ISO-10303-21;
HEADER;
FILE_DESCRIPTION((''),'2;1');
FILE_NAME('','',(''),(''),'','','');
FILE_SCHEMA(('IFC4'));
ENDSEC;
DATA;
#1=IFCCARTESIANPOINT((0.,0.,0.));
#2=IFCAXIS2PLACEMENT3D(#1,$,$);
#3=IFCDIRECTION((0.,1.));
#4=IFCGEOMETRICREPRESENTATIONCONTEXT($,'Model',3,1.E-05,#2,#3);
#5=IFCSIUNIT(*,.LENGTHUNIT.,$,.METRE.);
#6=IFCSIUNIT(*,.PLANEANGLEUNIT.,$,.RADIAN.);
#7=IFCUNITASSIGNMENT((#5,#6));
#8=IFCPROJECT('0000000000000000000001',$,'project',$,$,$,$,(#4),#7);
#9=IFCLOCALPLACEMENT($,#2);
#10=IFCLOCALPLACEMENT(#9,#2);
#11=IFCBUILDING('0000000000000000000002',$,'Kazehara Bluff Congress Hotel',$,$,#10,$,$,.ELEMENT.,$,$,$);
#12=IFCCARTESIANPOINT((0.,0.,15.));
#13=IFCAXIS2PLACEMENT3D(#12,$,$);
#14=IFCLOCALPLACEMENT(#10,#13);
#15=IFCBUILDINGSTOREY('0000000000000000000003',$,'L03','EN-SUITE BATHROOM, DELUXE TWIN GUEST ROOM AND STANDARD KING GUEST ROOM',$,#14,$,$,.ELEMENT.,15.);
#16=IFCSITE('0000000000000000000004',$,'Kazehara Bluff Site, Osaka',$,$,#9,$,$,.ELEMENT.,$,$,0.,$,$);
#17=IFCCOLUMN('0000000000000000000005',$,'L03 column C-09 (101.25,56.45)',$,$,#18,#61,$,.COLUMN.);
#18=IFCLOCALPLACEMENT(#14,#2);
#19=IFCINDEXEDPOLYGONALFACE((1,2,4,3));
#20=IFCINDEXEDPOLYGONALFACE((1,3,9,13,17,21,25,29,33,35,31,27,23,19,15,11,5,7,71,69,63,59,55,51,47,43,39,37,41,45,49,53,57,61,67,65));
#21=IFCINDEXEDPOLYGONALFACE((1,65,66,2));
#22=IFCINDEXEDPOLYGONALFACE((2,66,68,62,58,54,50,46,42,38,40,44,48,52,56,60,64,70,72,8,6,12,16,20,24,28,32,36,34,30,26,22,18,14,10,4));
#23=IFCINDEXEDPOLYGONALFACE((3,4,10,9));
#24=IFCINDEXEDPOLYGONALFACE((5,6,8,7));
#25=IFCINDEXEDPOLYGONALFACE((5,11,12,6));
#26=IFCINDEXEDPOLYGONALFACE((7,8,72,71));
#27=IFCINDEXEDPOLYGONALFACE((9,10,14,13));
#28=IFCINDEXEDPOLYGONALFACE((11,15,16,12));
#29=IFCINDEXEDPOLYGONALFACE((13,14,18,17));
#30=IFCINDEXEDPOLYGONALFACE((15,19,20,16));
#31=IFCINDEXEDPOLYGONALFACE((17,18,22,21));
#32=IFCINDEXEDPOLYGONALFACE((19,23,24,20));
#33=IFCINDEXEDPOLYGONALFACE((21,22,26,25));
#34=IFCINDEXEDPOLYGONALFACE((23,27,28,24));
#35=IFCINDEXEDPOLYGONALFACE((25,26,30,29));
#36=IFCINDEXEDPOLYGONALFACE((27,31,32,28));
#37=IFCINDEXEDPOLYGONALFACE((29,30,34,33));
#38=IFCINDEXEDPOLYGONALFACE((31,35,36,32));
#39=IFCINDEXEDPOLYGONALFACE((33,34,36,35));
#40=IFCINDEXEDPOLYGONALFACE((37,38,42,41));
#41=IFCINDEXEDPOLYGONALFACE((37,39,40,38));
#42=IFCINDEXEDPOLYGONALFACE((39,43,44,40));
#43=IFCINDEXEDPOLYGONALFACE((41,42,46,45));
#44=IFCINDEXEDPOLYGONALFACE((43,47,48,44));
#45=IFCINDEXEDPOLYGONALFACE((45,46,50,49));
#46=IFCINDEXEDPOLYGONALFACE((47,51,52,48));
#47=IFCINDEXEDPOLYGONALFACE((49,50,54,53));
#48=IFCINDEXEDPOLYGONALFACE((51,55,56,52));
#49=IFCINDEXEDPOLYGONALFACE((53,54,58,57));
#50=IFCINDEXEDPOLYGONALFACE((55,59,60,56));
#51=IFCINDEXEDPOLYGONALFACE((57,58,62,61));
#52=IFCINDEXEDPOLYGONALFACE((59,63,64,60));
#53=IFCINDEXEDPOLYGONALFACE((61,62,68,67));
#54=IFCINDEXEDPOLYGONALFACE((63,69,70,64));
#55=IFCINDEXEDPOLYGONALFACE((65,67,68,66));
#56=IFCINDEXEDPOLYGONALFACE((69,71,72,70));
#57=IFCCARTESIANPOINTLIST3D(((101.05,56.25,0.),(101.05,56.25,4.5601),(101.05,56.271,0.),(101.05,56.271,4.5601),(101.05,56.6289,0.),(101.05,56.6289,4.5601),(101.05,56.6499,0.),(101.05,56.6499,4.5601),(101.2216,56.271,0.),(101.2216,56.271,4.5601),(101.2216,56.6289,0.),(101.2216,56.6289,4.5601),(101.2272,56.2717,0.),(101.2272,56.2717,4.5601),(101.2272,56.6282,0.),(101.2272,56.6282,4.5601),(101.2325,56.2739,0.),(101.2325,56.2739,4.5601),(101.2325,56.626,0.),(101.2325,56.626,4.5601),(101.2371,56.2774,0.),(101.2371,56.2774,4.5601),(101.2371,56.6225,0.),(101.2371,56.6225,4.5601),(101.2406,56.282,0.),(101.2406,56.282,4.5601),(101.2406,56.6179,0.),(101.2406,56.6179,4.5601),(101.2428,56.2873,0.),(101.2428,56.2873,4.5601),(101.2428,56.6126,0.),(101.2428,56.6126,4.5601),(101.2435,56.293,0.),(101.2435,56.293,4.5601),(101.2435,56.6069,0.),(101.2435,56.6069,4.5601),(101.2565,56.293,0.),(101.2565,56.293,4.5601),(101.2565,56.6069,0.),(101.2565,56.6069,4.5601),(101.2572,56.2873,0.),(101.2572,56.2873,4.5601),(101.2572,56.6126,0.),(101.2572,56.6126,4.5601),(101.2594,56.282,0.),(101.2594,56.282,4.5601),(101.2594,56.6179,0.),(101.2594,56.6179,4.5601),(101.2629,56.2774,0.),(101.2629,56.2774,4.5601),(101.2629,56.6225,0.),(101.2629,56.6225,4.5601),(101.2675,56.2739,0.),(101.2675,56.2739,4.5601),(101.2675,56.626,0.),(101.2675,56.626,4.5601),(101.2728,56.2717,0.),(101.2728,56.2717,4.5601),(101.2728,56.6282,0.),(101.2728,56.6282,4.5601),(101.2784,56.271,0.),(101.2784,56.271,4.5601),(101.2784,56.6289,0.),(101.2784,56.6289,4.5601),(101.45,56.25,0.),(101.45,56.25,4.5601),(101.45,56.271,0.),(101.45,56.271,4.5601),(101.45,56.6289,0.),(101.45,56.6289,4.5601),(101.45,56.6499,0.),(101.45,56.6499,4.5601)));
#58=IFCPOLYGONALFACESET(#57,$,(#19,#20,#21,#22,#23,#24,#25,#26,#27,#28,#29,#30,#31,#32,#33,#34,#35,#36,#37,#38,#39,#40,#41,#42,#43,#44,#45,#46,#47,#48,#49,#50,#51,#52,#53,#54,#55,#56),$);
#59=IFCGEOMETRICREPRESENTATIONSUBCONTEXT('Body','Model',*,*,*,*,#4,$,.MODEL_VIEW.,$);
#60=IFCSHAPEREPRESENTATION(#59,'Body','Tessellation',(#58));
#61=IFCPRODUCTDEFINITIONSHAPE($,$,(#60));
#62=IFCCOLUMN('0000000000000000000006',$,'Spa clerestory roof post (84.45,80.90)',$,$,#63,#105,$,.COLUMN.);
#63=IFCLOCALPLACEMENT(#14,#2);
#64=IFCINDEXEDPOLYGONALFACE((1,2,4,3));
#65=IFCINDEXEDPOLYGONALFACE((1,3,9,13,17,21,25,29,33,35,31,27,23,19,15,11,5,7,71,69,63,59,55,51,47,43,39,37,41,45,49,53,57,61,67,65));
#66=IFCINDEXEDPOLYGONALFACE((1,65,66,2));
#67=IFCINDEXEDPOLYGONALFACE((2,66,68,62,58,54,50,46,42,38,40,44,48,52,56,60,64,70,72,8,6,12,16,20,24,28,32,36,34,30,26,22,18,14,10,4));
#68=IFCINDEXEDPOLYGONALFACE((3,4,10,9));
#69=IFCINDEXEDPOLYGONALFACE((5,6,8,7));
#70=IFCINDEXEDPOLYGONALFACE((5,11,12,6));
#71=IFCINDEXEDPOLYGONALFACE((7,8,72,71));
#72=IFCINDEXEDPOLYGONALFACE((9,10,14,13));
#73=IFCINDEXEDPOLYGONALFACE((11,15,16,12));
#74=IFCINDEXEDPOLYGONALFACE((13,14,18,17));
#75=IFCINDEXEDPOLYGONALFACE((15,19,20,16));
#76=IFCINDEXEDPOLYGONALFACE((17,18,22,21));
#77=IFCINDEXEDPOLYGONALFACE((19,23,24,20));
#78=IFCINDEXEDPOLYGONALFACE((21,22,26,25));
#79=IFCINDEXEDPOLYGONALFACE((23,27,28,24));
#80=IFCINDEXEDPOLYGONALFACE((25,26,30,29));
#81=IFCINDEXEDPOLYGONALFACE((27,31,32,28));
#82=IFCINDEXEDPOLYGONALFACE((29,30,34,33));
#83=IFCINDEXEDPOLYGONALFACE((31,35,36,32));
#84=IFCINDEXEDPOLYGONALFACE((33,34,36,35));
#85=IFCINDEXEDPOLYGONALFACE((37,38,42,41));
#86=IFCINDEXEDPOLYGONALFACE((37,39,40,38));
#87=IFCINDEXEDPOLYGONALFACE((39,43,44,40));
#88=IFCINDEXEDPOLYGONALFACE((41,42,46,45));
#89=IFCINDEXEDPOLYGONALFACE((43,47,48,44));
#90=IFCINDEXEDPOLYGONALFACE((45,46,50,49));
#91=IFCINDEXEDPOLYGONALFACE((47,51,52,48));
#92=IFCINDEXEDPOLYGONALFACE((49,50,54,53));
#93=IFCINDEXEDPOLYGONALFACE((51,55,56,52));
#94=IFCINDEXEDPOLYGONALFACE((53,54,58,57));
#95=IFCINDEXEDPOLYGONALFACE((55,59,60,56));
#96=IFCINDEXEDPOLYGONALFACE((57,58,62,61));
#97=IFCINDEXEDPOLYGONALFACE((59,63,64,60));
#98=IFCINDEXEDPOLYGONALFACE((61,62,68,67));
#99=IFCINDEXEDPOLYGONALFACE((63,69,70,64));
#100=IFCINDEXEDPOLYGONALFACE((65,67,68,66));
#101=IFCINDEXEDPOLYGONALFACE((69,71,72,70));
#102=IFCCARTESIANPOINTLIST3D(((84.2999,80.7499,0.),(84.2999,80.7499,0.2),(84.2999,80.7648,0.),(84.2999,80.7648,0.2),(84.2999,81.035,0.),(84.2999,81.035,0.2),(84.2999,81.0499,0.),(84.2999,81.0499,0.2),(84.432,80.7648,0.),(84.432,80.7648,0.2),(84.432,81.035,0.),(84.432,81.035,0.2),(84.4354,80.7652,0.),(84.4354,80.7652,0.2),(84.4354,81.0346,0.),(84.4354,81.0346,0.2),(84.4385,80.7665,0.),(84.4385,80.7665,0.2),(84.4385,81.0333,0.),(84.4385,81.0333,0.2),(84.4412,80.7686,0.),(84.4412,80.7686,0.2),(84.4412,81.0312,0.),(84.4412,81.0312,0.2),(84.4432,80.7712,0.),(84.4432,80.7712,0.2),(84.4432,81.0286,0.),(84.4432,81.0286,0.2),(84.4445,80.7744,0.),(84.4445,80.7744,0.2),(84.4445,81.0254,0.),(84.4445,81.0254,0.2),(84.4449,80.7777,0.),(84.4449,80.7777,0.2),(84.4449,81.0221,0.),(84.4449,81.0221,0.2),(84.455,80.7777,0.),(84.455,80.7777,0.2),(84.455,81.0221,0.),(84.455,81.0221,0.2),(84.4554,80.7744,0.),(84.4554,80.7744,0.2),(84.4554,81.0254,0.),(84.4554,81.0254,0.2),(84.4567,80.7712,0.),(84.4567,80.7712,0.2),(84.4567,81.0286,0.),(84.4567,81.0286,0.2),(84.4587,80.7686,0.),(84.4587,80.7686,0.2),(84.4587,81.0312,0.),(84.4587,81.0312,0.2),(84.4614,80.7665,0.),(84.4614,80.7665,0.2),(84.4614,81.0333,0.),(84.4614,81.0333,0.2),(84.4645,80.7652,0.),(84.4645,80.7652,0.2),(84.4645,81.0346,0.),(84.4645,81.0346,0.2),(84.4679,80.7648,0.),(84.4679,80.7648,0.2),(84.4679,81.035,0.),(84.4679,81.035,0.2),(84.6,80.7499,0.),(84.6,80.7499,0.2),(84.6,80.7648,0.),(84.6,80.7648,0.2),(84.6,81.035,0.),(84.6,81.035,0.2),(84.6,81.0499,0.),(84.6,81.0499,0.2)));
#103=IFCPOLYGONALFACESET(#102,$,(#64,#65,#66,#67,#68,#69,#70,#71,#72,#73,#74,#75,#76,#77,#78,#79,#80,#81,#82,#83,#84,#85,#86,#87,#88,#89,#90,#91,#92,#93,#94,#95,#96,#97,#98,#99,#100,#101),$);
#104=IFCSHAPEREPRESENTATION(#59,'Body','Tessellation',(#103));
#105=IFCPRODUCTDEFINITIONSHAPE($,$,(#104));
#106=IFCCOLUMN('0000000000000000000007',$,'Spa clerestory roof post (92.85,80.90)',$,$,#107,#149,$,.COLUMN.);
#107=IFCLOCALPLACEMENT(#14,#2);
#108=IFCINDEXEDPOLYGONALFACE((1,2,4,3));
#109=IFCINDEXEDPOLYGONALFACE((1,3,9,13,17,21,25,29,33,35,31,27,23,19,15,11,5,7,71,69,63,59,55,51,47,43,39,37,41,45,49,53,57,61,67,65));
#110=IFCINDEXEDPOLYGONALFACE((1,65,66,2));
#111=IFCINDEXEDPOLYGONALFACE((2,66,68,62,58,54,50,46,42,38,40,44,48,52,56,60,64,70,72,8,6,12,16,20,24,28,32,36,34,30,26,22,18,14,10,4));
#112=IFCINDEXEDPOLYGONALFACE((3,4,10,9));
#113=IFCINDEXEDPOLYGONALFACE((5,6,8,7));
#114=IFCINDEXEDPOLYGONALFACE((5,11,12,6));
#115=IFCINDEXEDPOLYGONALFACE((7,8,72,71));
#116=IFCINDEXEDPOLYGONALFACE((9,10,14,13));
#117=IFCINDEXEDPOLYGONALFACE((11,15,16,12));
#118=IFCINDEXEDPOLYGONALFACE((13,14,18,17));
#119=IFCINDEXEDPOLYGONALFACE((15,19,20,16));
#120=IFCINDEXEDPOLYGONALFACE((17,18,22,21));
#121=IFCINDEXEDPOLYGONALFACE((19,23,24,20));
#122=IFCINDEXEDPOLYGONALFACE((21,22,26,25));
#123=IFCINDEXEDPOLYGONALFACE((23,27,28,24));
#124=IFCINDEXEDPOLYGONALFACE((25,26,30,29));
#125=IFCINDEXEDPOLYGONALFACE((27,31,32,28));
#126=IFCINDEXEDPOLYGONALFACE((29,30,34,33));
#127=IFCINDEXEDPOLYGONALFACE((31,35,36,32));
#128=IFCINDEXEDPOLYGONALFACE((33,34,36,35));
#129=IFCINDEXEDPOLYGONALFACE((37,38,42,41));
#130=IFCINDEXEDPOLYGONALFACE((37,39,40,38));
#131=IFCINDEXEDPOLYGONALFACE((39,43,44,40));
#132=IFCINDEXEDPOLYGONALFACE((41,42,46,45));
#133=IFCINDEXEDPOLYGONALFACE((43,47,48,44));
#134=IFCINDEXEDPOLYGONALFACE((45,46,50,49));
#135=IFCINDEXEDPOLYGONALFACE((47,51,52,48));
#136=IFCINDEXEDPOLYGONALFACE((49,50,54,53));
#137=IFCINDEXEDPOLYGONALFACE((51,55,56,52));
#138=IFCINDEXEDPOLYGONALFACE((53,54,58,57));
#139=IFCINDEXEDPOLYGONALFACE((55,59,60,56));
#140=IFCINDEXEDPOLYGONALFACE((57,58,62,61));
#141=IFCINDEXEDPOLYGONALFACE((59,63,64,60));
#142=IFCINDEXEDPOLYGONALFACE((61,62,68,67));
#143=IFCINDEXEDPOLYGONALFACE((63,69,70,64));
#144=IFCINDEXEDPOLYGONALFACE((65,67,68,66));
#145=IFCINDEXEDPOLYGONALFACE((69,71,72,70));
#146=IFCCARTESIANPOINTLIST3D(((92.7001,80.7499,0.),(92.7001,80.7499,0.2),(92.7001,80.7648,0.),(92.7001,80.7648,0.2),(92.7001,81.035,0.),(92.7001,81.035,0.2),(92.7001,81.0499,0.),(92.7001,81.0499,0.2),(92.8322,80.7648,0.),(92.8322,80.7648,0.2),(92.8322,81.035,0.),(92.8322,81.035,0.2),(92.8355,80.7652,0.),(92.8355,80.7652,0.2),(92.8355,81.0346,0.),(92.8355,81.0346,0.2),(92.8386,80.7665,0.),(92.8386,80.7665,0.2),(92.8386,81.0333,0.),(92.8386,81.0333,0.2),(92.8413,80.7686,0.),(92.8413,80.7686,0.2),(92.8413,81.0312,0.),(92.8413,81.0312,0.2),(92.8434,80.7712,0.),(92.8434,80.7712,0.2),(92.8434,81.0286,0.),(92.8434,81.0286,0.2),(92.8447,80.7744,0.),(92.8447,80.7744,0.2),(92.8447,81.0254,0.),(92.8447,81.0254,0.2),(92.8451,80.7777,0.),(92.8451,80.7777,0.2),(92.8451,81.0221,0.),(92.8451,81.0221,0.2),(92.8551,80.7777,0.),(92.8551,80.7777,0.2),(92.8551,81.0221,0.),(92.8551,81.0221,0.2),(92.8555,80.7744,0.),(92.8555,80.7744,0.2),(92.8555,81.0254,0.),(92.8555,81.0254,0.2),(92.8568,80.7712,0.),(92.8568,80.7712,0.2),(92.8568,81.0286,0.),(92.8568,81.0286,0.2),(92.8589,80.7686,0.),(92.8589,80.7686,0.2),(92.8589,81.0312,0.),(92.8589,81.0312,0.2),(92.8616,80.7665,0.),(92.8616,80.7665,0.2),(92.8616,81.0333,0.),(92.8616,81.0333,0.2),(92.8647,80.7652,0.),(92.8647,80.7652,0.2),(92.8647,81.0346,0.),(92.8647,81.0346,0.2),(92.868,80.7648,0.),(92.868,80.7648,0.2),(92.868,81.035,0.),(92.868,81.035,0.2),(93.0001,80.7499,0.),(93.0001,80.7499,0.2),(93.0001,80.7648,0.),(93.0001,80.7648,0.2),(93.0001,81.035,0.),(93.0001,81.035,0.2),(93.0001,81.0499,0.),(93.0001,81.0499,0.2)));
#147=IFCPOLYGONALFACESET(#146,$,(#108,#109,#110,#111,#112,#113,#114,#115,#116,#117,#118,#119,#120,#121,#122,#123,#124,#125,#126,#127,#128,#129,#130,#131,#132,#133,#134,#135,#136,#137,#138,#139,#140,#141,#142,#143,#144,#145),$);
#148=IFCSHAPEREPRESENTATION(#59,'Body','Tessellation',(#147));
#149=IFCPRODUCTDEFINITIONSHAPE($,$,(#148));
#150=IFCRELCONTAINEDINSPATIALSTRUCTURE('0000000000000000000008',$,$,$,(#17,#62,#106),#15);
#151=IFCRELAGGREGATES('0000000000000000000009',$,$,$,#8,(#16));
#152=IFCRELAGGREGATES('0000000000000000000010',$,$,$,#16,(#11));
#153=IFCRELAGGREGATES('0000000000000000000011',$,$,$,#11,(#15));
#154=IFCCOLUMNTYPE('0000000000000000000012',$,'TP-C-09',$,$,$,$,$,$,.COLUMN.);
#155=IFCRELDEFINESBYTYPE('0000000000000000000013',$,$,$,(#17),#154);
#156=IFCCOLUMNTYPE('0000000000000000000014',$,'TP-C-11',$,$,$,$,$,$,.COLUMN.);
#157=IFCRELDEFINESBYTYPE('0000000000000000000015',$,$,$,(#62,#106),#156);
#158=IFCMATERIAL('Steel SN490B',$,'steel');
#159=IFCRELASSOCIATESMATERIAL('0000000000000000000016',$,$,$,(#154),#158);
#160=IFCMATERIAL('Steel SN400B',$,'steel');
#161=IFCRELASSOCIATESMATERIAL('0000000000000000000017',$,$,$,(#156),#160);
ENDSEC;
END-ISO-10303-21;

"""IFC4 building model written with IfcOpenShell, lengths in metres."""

from ifc_helpers import new_model, si_unit, direction, frame, origin, origin_2d, place, context, subcontext, project, spatial, i_section, extrude, material, material_profile, profile_set, type_object, element, save


model = new_model("IFC4")

# Units and contexts
model_context = context("Model", 3, precision=1e-05, world=origin(), true_north=direction((0.0, 1.0)))
body_context = subcontext(model_context, "Body", "Model", "MODEL_VIEW")
ifc_project = project(units=[si_unit("LENGTHUNIT", "METRE"), si_unit("PLANEANGLEUNIT", "RADIAN")], contexts=[model_context])

# Site, building, storey
site_placement = place(None, origin())
site = spatial("IfcSite", under=ifc_project, at=site_placement, Name="Kazehara Bluff Site, Osaka", CompositionType="ELEMENT", RefElevation=0.0)
building_placement = place(site_placement, origin())
building = spatial("IfcBuilding", under=site, at=building_placement, Name="Kazehara Bluff Congress Hotel", CompositionType="ELEMENT")
storey_placement = place(building_placement, frame((0.0, 0.0, 15.0)))
storey = spatial("IfcBuildingStorey", under=building, at=storey_placement, Name="L03", Description="EN-SUITE BATHROOM, DELUXE TWIN GUEST ROOM AND STANDARD KING GUEST ROOM", CompositionType="ELEMENT", Elevation=15.0)

# Columns
ifc_material_1 = material(Name="Steel SN490B", Category="steel")
ifc_material_profile_1 = material_profile(ifc_material_1, i_section(OverallWidth=0.3999, OverallDepth=0.3999, WebThickness=0.0129, FlangeThickness=0.021, FilletRadius=0.022, at=origin_2d()))
ifc_profile_set_1 = profile_set([ifc_material_profile_1], Name="Steel SN490B")
column_type_1 = type_object("IfcColumnType", Name="TP-C-09", PredefinedType="COLUMN", material=ifc_profile_set_1)
column_placement = place(storey_placement, frame((101.25, 56.45, 0.0), z_axis=(0.0, 0.0, 1.0), x_axis=(1.0, 0.0, 0.0)))
element("IfcColumn", 1, at=column_placement, inside=storey, type_object=column_type_1, Name="L03 column C-09 (101.25,56.45)", PredefinedType="COLUMN", context=body_context, shape_type="SweptSolid", body=[
    extrude(i_section(OverallWidth=0.3999, OverallDepth=0.3999, WebThickness=0.0129, FlangeThickness=0.021, FilletRadius=0.022, at=origin_2d()), origin(), (0.0, 0.0, 1.0), 4.5601),
])
ifc_material_2 = material(Name="Steel SN400B", Category="steel")
ifc_material_profile_2 = material_profile(ifc_material_2, i_section(OverallWidth=0.3, OverallDepth=0.3, WebThickness=0.01, FlangeThickness=0.0149, FilletRadius=0.0129, at=origin_2d()))
ifc_profile_set_2 = profile_set([ifc_material_profile_2], Name="Steel SN400B")
column_type_2 = type_object("IfcColumnType", Name="TP-C-11", PredefinedType="COLUMN", material=ifc_profile_set_2)
for number, where, z_axis, x_axis, name in (
    (2, (84.45, 80.8999, 0.0), (0.0, 0.0, 1.0), (1.0, 0.0, 0.0), "Spa clerestory roof post (84.45,80.90)"),
    (3, (92.8501, 80.8999, 0.0), (0.0, 0.0, 1.0), (1.0, 0.0, 0.0), "Spa clerestory roof post (92.85,80.90)"),
):
    element("IfcColumn", number, at=place(storey_placement, frame(where, z_axis=z_axis, x_axis=x_axis)), inside=storey, type_object=column_type_2, Name=name, PredefinedType="COLUMN", context=body_context, shape_type="SweptSolid", body=[
        extrude(i_section(OverallWidth=0.3, OverallDepth=0.3, WebThickness=0.01, FlangeThickness=0.0149, FilletRadius=0.0129, at=origin_2d()), origin(), (0.0, 0.0, 1.0), 0.2),
    ])

save(model, "model.ifc")
